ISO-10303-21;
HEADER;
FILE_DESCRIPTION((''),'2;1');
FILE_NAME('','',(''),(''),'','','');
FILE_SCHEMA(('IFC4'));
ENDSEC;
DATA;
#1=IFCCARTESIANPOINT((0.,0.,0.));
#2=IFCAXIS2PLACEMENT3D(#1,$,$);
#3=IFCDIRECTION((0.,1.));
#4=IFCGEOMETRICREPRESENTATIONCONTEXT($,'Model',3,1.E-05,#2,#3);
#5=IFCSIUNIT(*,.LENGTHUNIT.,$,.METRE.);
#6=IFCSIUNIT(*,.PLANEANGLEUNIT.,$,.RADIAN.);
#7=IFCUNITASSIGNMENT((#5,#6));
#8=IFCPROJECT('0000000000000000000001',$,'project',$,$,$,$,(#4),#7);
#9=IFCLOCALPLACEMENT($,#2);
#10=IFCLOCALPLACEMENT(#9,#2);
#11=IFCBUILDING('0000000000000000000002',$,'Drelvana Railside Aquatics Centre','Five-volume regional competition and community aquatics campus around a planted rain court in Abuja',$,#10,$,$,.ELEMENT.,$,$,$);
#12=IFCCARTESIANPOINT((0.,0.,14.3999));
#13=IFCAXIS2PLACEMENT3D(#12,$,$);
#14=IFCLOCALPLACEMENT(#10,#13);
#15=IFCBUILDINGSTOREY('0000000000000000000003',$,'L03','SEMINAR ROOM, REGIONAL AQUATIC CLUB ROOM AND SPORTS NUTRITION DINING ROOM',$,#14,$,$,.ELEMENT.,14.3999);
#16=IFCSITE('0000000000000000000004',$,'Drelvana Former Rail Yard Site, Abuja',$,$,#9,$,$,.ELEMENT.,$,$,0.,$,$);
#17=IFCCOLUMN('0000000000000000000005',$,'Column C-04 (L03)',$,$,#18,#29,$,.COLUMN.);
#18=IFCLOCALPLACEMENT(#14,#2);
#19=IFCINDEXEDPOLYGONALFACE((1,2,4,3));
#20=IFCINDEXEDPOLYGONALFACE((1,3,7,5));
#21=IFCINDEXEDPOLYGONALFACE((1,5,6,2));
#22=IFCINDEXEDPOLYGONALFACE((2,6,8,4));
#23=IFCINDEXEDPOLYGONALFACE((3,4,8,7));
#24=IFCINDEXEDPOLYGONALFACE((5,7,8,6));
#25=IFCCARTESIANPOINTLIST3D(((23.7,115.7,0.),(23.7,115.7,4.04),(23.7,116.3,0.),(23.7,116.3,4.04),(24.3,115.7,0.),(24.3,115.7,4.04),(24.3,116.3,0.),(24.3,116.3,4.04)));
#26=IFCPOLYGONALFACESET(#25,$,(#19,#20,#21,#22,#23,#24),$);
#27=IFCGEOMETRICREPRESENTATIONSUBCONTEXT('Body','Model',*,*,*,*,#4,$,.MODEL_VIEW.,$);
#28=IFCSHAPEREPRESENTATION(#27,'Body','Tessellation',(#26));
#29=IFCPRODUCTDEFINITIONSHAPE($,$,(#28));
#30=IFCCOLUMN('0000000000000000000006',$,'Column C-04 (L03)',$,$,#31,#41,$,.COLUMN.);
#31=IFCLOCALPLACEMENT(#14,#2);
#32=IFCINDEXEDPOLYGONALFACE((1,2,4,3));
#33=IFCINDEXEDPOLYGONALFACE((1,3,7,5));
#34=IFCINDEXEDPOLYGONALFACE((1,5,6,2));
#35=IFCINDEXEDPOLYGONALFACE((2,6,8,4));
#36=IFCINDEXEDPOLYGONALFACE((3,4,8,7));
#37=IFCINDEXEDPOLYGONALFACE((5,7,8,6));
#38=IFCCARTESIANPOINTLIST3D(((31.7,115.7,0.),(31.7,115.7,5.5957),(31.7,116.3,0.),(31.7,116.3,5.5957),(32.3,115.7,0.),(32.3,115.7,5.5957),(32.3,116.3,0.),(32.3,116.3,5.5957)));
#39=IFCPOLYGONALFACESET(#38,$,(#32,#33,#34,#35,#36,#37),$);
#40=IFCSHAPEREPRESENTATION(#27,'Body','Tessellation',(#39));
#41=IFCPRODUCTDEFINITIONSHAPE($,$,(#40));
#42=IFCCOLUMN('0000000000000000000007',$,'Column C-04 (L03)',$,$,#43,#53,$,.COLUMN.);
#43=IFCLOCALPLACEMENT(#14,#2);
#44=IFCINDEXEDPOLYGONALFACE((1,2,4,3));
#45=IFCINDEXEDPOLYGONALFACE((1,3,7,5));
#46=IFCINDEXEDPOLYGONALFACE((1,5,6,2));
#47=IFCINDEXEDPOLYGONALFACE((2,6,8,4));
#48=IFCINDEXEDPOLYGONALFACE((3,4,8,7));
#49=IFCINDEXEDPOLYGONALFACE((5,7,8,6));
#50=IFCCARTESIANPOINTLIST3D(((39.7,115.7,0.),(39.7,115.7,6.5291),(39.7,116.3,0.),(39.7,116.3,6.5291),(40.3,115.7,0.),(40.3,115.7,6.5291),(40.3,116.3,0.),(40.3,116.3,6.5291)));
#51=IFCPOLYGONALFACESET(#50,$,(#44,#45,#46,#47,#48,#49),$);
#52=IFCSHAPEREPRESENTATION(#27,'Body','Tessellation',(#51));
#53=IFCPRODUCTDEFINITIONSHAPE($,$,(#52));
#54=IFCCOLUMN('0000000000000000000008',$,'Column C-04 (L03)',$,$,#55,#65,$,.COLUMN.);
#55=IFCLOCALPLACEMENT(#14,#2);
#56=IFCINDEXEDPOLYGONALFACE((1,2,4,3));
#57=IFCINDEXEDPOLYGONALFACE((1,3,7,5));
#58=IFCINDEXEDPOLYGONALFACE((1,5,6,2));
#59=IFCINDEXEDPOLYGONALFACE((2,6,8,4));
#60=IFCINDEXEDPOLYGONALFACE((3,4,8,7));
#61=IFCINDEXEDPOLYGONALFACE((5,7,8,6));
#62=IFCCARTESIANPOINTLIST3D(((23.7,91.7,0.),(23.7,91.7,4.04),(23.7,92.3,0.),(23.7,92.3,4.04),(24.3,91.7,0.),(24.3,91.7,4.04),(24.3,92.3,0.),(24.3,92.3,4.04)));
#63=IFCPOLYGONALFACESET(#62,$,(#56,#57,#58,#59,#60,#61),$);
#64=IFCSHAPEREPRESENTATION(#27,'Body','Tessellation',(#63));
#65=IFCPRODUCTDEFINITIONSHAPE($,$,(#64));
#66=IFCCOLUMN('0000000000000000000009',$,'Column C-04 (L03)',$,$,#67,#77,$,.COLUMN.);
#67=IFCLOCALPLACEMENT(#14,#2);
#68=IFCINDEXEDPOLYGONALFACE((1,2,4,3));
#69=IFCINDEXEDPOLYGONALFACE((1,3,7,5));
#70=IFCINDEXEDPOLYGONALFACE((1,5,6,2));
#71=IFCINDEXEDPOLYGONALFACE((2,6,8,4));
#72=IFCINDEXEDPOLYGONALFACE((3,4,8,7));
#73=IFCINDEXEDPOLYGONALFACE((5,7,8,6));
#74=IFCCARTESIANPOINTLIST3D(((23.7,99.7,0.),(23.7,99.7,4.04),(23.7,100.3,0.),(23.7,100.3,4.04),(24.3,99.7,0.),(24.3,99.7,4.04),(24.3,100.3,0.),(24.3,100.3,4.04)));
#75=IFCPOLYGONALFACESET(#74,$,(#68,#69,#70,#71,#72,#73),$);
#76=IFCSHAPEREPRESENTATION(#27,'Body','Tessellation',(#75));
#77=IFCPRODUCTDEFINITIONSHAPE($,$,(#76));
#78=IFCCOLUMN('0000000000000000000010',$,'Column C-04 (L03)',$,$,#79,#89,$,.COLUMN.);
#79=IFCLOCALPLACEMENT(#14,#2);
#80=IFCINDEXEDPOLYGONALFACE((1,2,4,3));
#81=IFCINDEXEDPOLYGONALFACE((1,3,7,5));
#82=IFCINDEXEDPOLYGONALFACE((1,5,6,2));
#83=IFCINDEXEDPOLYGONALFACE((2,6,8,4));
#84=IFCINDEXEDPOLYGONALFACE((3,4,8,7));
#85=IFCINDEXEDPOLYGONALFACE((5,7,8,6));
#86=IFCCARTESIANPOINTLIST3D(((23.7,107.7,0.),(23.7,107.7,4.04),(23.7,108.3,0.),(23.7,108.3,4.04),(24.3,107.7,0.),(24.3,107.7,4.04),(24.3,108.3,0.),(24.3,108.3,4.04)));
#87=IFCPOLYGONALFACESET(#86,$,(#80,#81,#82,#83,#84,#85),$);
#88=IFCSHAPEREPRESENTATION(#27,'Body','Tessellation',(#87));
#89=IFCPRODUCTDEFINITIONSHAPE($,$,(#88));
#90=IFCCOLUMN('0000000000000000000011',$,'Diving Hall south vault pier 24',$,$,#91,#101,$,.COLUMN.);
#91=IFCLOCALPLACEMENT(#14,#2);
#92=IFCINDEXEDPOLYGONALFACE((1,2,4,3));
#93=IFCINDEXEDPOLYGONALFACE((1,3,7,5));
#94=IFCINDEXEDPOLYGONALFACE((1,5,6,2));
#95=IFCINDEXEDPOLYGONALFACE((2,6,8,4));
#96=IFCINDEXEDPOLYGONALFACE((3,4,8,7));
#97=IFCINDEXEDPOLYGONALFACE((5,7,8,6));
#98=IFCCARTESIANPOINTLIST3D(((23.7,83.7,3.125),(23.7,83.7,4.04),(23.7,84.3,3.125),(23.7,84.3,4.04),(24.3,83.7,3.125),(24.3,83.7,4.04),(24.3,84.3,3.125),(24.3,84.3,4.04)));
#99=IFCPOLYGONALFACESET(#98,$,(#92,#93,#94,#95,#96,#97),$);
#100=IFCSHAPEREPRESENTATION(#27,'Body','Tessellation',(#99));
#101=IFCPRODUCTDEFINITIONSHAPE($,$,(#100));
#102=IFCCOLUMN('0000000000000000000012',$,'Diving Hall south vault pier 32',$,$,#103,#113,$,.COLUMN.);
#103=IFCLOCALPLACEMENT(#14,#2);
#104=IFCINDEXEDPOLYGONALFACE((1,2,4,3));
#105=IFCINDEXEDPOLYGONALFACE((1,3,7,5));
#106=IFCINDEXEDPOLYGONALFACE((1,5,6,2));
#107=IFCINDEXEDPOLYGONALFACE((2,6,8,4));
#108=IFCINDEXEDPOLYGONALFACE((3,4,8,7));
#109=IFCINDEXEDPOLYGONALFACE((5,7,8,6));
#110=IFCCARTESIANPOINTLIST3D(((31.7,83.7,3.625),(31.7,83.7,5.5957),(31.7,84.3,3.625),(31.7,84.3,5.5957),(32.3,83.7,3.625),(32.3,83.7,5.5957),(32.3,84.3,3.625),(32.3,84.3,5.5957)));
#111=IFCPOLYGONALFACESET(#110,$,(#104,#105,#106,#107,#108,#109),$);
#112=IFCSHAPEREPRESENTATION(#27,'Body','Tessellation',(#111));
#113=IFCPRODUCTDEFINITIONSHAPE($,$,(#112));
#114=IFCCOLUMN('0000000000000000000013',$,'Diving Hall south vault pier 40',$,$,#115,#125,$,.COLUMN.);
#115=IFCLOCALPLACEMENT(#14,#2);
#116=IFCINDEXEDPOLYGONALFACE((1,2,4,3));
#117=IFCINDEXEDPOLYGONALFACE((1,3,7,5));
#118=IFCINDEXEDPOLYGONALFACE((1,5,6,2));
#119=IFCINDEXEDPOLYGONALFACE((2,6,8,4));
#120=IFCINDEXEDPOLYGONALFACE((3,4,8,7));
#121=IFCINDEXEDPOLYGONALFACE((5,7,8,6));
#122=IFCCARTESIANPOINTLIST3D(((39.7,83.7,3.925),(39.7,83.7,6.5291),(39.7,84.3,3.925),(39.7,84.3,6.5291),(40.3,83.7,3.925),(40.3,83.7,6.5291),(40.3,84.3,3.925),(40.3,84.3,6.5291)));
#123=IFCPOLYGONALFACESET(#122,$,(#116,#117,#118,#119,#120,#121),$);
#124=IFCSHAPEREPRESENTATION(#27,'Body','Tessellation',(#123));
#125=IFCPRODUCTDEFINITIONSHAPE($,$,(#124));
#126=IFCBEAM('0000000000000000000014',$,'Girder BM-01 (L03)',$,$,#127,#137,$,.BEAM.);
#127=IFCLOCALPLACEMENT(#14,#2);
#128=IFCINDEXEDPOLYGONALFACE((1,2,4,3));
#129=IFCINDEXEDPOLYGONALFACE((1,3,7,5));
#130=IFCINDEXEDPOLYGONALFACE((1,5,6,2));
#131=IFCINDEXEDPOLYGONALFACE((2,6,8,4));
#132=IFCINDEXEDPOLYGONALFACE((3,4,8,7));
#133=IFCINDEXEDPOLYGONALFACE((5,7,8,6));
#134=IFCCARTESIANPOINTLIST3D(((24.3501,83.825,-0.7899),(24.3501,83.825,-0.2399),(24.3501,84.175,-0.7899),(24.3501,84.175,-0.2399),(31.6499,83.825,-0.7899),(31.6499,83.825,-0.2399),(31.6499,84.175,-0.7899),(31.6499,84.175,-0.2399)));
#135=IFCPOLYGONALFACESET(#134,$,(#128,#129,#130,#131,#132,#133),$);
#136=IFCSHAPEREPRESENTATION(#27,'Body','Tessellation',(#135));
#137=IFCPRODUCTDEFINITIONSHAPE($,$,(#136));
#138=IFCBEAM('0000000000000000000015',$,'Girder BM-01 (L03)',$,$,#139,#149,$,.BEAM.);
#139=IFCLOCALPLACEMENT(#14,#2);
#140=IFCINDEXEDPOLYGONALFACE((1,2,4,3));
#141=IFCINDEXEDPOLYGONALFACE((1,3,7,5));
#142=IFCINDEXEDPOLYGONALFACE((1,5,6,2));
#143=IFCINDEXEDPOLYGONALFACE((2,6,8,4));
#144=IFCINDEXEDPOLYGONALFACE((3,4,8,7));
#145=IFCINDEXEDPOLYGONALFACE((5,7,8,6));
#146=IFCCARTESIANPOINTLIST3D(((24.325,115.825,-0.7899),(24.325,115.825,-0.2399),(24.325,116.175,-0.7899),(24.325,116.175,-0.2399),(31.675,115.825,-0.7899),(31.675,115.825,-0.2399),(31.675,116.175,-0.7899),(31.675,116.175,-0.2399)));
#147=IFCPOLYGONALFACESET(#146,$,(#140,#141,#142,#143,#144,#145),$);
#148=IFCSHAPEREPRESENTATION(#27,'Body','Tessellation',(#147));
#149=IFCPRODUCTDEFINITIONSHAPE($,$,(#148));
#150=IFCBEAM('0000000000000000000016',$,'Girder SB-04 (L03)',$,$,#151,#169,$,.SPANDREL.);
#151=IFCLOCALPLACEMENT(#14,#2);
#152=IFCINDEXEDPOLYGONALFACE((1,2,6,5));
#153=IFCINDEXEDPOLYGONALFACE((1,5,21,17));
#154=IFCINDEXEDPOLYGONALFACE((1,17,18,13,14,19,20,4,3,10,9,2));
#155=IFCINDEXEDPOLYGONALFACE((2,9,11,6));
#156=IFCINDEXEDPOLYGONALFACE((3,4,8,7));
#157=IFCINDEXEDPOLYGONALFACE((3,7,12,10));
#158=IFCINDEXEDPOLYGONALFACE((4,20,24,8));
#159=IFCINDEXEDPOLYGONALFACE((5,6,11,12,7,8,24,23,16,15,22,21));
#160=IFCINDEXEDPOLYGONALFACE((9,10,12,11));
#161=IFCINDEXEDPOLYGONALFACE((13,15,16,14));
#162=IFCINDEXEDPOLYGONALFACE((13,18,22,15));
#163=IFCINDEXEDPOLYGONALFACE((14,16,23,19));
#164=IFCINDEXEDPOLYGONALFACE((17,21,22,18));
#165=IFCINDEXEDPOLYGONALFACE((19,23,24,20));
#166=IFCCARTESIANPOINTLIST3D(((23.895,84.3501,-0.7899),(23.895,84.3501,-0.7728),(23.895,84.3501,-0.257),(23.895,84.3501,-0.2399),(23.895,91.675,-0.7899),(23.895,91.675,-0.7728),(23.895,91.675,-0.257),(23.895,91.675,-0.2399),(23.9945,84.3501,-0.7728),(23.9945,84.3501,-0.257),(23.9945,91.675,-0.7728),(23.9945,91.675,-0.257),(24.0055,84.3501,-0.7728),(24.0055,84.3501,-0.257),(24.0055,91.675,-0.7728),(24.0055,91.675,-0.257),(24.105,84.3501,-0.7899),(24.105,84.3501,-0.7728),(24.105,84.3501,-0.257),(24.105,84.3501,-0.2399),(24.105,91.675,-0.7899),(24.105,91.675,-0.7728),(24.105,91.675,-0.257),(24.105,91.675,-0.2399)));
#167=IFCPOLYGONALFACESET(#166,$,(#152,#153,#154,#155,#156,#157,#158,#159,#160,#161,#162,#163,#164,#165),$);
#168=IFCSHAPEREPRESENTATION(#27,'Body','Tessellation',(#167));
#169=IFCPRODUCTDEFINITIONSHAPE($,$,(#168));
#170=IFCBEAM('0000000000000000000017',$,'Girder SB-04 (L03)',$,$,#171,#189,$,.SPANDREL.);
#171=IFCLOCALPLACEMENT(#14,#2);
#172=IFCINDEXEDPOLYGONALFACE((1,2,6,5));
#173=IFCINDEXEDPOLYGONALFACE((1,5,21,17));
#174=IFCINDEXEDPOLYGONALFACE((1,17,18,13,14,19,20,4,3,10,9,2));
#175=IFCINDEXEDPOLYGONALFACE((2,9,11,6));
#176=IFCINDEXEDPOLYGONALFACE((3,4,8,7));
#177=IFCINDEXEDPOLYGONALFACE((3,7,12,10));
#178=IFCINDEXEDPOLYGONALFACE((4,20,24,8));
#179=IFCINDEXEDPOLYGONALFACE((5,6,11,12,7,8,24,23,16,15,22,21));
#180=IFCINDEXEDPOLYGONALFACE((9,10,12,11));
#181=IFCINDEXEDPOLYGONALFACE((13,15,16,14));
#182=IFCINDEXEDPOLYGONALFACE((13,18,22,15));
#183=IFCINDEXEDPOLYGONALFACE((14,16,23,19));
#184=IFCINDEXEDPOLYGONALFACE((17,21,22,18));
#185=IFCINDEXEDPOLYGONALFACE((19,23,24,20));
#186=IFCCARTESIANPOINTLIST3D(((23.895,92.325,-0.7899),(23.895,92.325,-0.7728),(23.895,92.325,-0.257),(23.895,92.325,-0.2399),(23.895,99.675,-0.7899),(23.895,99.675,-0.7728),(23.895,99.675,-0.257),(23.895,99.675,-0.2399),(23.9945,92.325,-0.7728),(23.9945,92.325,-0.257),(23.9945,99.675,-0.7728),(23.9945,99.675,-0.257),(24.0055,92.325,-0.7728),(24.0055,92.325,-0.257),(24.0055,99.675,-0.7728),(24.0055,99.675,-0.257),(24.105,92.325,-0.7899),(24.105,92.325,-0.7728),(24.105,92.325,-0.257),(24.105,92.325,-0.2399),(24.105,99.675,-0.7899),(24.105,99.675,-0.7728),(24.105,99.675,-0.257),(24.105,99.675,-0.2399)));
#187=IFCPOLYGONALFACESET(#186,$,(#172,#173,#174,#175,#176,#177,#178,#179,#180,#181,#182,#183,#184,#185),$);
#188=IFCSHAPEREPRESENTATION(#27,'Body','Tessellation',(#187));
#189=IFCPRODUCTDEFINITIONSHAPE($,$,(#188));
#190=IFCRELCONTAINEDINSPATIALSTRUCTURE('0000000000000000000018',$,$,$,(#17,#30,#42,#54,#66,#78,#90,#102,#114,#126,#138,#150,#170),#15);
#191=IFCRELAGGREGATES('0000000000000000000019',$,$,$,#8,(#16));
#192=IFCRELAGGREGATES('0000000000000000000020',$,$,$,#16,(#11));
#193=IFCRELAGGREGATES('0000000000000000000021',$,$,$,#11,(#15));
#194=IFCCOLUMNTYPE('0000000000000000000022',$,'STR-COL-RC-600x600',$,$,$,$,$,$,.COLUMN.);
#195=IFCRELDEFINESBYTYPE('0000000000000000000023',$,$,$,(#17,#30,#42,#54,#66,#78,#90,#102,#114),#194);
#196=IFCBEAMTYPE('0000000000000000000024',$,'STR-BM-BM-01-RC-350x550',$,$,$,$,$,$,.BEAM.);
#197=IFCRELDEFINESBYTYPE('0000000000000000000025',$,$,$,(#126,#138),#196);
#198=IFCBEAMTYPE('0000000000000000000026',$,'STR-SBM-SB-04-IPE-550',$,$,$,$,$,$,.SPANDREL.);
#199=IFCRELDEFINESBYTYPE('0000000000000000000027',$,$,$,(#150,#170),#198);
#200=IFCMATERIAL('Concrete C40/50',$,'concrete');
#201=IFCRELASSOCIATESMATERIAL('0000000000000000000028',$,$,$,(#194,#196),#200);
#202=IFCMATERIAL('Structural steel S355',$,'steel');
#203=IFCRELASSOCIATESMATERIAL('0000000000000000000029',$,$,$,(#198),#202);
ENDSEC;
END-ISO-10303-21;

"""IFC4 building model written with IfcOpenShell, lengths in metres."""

from ifc_helpers import new_model, si_unit, direction, frame, origin, origin_2d, place, context, subcontext, project, spatial, rectangle, i_section, extrude, material, material_profile, profile_set, type_object, element, save


model = new_model("IFC4")

# Units and contexts
model_context = context("Model", 3, precision=1e-05, world=origin(), true_north=direction((0.0, 1.0)))
body_context = subcontext(model_context, "Body", "Model", "MODEL_VIEW")
ifc_project = project(units=[si_unit("LENGTHUNIT", "METRE"), si_unit("PLANEANGLEUNIT", "RADIAN")], contexts=[model_context])

# Site, building, storey
site_placement = place(None, origin())
site = spatial("IfcSite", under=ifc_project, at=site_placement, Name="Drelvana Former Rail Yard Site, Abuja", CompositionType="ELEMENT", RefElevation=0.0)
building_placement = place(site_placement, origin())
building = spatial("IfcBuilding", under=site, at=building_placement, Name="Drelvana Railside Aquatics Centre", Description="Five-volume regional competition and community aquatics campus around a planted rain court in Abuja", CompositionType="ELEMENT")
storey_placement = place(building_placement, frame((0.0, 0.0, 14.3999)))
storey = spatial("IfcBuildingStorey", under=building, at=storey_placement, Name="L03", Description="SEMINAR ROOM, REGIONAL AQUATIC CLUB ROOM AND SPORTS NUTRITION DINING ROOM", CompositionType="ELEMENT", Elevation=14.3999)

# Columns
ifc_material_1 = material(Name="Concrete C40/50", Category="concrete")
ifc_material_profile_1 = material_profile(ifc_material_1, rectangle(XDim=0.6001, YDim=0.6001, at=origin_2d()), Name="RC 600x600")
ifc_profile_set_1 = profile_set([ifc_material_profile_1], Name="Concrete C40/50")
column_type = type_object("IfcColumnType", Name="STR-COL-RC-600x600", PredefinedType="COLUMN", material=ifc_profile_set_1)
column_1_placement = place(storey_placement, frame((24.0, 116.0, 0.0), z_axis=(0.0, 0.0, 1.0), x_axis=(1.0, 0.0, 0.0)))
element("IfcColumn", 1, at=column_1_placement, inside=storey, type_object=column_type, Name="Column C-04 (L03)", PredefinedType="COLUMN", context=body_context, shape_type="SweptSolid", body=[
    extrude(rectangle(XDim=0.6001, YDim=0.6001, at=origin_2d()), origin(), (0.0, 0.0, 1.0), 4.04),
])
column_2_placement = place(storey_placement, frame((32.0, 116.0, 0.0), z_axis=(0.0, 0.0, 1.0), x_axis=(1.0, 0.0, 0.0)))
element("IfcColumn", 2, at=column_2_placement, inside=storey, type_object=column_type, Name="Column C-04 (L03)", PredefinedType="COLUMN", context=body_context, shape_type="SweptSolid", body=[
    extrude(rectangle(XDim=0.6001, YDim=0.6001, at=origin_2d()), origin(), (0.0, 0.0, 1.0), 5.5957),
])
column_3_placement = place(storey_placement, frame((40.0, 116.0, 0.0), z_axis=(0.0, 0.0, 1.0), x_axis=(1.0, 0.0, 0.0)))
element("IfcColumn", 3, at=column_3_placement, inside=storey, type_object=column_type, Name="Column C-04 (L03)", PredefinedType="COLUMN", context=body_context, shape_type="SweptSolid", body=[
    extrude(rectangle(XDim=0.6001, YDim=0.6001, at=origin_2d()), origin(), (0.0, 0.0, 1.0), 6.5291),
])
for number, where, z_axis, x_axis, name in (
    (4, (24.0, 92.0, 0.0), (0.0, 0.0, 1.0), (1.0, 0.0, 0.0), "Column C-04 (L03)"),
    (5, (24.0, 100.0, 0.0), (0.0, 0.0, 1.0), (1.0, 0.0, 0.0), "Column C-04 (L03)"),
    (6, (24.0, 108.0, 0.0), (0.0, 0.0, 1.0), (1.0, 0.0, 0.0), "Column C-04 (L03)"),
):
    element("IfcColumn", number, at=place(storey_placement, frame(where, z_axis=z_axis, x_axis=x_axis)), inside=storey, type_object=column_type, Name=name, PredefinedType="COLUMN", context=body_context, shape_type="SweptSolid", body=[
        extrude(rectangle(XDim=0.6001, YDim=0.6001, at=origin_2d()), origin(), (0.0, 0.0, 1.0), 4.04),
    ])
column_4_placement = place(storey_placement, frame((24.0, 84.0, 3.125), z_axis=(0.0, 0.0, 1.0), x_axis=(1.0, 0.0, 0.0)))
element("IfcColumn", 7, at=column_4_placement, inside=storey, type_object=column_type, Name="Diving Hall south vault pier 24", PredefinedType="COLUMN", context=body_context, shape_type="SweptSolid", body=[
    extrude(rectangle(XDim=0.6001, YDim=0.6001, at=origin_2d()), origin(), (0.0, 0.0, 1.0), 0.915),
])
column_5_placement = place(storey_placement, frame((32.0, 84.0, 3.625), z_axis=(0.0, 0.0, 1.0), x_axis=(1.0, 0.0, 0.0)))
element("IfcColumn", 8, at=column_5_placement, inside=storey, type_object=column_type, Name="Diving Hall south vault pier 32", PredefinedType="COLUMN", context=body_context, shape_type="SweptSolid", body=[
    extrude(rectangle(XDim=0.6001, YDim=0.6001, at=origin_2d()), origin(), (0.0, 0.0, 1.0), 1.9707),
])
column_6_placement = place(storey_placement, frame((40.0, 84.0, 3.925), z_axis=(0.0, 0.0, 1.0), x_axis=(1.0, 0.0, 0.0)))
element("IfcColumn", 9, at=column_6_placement, inside=storey, type_object=column_type, Name="Diving Hall south vault pier 40", PredefinedType="COLUMN", context=body_context, shape_type="SweptSolid", body=[
    extrude(rectangle(XDim=0.6001, YDim=0.6001, at=origin_2d()), origin(), (0.0, 0.0, 1.0), 2.604),
])

# Beams
ifc_material_profile_2 = material_profile(ifc_material_1, rectangle(XDim=0.3501, YDim=0.55, at=origin_2d()), Name="RC 350x550")
ifc_profile_set_2 = profile_set([ifc_material_profile_2], Name="Concrete C40/50")
beam_type_1 = type_object("IfcBeamType", Name="STR-BM-BM-01-RC-350x550", PredefinedType="BEAM", material=ifc_profile_set_2)
beam_1_placement = place(storey_placement, frame((24.3501, 84.0, -0.5149), z_axis=(1.0, 0.0, 0.0), x_axis=(0.0, 1.0, 0.0)))
element("IfcBeam", 10, at=beam_1_placement, inside=storey, type_object=beam_type_1, Name="Girder BM-01 (L03)", PredefinedType="BEAM", context=body_context, shape_type="SweptSolid", body=[
    extrude(rectangle(XDim=0.3501, YDim=0.55, at=origin_2d()), origin(), (0.0, 0.0, 1.0), 7.2998),
])
beam_2_placement = place(storey_placement, frame((24.325, 116.0, -0.5149), z_axis=(1.0, 0.0, 0.0), x_axis=(0.0, 1.0, 0.0)))
element("IfcBeam", 11, at=beam_2_placement, inside=storey, type_object=beam_type_1, Name="Girder BM-01 (L03)", PredefinedType="BEAM", context=body_context, shape_type="SweptSolid", body=[
    extrude(rectangle(XDim=0.3501, YDim=0.55, at=origin_2d()), origin(), (0.0, 0.0, 1.0), 7.3501),
])
ifc_material_2 = material(Name="Structural steel S355", Category="steel")
ifc_material_profile_3 = material_profile(ifc_material_2, i_section(OverallWidth=0.21, OverallDepth=0.55, WebThickness=0.011, FlangeThickness=0.0171, at=origin_2d()), Name="IPE 550")
ifc_profile_set_3 = profile_set([ifc_material_profile_3], Name="Structural steel S355")
beam_type_2 = type_object("IfcBeamType", Name="STR-SBM-SB-04-IPE-550", PredefinedType="SPANDREL", material=ifc_profile_set_3)
beam_3_placement = place(storey_placement, frame((24.0, 84.3501, -0.5149), z_axis=(0.0, 1.0, 0.0), x_axis=(-1.0, 0.0, 0.0)))
element("IfcBeam", 12, at=beam_3_placement, inside=storey, type_object=beam_type_2, Name="Girder SB-04 (L03)", PredefinedType="SPANDREL", context=body_context, shape_type="SweptSolid", body=[
    extrude(i_section(OverallWidth=0.21, OverallDepth=0.55, WebThickness=0.011, FlangeThickness=0.0171, at=origin_2d()), origin(), (0.0, 0.0, 1.0), 7.325),
])
for number, where, z_axis, x_axis, name in (
    (13, (24.0, 92.325, -0.5149), (0.0, 1.0, 0.0), (-1.0, 0.0, 0.0), "Girder SB-04 (L03)"),
):
    element("IfcBeam", number, at=place(storey_placement, frame(where, z_axis=z_axis, x_axis=x_axis)), inside=storey, type_object=beam_type_2, Name=name, PredefinedType="SPANDREL", context=body_context, shape_type="SweptSolid", body=[
        extrude(i_section(OverallWidth=0.21, OverallDepth=0.55, WebThickness=0.011, FlangeThickness=0.0171, at=origin_2d()), origin(), (0.0, 0.0, 1.0), 7.3501),
    ])

save(model, "model.ifc")
